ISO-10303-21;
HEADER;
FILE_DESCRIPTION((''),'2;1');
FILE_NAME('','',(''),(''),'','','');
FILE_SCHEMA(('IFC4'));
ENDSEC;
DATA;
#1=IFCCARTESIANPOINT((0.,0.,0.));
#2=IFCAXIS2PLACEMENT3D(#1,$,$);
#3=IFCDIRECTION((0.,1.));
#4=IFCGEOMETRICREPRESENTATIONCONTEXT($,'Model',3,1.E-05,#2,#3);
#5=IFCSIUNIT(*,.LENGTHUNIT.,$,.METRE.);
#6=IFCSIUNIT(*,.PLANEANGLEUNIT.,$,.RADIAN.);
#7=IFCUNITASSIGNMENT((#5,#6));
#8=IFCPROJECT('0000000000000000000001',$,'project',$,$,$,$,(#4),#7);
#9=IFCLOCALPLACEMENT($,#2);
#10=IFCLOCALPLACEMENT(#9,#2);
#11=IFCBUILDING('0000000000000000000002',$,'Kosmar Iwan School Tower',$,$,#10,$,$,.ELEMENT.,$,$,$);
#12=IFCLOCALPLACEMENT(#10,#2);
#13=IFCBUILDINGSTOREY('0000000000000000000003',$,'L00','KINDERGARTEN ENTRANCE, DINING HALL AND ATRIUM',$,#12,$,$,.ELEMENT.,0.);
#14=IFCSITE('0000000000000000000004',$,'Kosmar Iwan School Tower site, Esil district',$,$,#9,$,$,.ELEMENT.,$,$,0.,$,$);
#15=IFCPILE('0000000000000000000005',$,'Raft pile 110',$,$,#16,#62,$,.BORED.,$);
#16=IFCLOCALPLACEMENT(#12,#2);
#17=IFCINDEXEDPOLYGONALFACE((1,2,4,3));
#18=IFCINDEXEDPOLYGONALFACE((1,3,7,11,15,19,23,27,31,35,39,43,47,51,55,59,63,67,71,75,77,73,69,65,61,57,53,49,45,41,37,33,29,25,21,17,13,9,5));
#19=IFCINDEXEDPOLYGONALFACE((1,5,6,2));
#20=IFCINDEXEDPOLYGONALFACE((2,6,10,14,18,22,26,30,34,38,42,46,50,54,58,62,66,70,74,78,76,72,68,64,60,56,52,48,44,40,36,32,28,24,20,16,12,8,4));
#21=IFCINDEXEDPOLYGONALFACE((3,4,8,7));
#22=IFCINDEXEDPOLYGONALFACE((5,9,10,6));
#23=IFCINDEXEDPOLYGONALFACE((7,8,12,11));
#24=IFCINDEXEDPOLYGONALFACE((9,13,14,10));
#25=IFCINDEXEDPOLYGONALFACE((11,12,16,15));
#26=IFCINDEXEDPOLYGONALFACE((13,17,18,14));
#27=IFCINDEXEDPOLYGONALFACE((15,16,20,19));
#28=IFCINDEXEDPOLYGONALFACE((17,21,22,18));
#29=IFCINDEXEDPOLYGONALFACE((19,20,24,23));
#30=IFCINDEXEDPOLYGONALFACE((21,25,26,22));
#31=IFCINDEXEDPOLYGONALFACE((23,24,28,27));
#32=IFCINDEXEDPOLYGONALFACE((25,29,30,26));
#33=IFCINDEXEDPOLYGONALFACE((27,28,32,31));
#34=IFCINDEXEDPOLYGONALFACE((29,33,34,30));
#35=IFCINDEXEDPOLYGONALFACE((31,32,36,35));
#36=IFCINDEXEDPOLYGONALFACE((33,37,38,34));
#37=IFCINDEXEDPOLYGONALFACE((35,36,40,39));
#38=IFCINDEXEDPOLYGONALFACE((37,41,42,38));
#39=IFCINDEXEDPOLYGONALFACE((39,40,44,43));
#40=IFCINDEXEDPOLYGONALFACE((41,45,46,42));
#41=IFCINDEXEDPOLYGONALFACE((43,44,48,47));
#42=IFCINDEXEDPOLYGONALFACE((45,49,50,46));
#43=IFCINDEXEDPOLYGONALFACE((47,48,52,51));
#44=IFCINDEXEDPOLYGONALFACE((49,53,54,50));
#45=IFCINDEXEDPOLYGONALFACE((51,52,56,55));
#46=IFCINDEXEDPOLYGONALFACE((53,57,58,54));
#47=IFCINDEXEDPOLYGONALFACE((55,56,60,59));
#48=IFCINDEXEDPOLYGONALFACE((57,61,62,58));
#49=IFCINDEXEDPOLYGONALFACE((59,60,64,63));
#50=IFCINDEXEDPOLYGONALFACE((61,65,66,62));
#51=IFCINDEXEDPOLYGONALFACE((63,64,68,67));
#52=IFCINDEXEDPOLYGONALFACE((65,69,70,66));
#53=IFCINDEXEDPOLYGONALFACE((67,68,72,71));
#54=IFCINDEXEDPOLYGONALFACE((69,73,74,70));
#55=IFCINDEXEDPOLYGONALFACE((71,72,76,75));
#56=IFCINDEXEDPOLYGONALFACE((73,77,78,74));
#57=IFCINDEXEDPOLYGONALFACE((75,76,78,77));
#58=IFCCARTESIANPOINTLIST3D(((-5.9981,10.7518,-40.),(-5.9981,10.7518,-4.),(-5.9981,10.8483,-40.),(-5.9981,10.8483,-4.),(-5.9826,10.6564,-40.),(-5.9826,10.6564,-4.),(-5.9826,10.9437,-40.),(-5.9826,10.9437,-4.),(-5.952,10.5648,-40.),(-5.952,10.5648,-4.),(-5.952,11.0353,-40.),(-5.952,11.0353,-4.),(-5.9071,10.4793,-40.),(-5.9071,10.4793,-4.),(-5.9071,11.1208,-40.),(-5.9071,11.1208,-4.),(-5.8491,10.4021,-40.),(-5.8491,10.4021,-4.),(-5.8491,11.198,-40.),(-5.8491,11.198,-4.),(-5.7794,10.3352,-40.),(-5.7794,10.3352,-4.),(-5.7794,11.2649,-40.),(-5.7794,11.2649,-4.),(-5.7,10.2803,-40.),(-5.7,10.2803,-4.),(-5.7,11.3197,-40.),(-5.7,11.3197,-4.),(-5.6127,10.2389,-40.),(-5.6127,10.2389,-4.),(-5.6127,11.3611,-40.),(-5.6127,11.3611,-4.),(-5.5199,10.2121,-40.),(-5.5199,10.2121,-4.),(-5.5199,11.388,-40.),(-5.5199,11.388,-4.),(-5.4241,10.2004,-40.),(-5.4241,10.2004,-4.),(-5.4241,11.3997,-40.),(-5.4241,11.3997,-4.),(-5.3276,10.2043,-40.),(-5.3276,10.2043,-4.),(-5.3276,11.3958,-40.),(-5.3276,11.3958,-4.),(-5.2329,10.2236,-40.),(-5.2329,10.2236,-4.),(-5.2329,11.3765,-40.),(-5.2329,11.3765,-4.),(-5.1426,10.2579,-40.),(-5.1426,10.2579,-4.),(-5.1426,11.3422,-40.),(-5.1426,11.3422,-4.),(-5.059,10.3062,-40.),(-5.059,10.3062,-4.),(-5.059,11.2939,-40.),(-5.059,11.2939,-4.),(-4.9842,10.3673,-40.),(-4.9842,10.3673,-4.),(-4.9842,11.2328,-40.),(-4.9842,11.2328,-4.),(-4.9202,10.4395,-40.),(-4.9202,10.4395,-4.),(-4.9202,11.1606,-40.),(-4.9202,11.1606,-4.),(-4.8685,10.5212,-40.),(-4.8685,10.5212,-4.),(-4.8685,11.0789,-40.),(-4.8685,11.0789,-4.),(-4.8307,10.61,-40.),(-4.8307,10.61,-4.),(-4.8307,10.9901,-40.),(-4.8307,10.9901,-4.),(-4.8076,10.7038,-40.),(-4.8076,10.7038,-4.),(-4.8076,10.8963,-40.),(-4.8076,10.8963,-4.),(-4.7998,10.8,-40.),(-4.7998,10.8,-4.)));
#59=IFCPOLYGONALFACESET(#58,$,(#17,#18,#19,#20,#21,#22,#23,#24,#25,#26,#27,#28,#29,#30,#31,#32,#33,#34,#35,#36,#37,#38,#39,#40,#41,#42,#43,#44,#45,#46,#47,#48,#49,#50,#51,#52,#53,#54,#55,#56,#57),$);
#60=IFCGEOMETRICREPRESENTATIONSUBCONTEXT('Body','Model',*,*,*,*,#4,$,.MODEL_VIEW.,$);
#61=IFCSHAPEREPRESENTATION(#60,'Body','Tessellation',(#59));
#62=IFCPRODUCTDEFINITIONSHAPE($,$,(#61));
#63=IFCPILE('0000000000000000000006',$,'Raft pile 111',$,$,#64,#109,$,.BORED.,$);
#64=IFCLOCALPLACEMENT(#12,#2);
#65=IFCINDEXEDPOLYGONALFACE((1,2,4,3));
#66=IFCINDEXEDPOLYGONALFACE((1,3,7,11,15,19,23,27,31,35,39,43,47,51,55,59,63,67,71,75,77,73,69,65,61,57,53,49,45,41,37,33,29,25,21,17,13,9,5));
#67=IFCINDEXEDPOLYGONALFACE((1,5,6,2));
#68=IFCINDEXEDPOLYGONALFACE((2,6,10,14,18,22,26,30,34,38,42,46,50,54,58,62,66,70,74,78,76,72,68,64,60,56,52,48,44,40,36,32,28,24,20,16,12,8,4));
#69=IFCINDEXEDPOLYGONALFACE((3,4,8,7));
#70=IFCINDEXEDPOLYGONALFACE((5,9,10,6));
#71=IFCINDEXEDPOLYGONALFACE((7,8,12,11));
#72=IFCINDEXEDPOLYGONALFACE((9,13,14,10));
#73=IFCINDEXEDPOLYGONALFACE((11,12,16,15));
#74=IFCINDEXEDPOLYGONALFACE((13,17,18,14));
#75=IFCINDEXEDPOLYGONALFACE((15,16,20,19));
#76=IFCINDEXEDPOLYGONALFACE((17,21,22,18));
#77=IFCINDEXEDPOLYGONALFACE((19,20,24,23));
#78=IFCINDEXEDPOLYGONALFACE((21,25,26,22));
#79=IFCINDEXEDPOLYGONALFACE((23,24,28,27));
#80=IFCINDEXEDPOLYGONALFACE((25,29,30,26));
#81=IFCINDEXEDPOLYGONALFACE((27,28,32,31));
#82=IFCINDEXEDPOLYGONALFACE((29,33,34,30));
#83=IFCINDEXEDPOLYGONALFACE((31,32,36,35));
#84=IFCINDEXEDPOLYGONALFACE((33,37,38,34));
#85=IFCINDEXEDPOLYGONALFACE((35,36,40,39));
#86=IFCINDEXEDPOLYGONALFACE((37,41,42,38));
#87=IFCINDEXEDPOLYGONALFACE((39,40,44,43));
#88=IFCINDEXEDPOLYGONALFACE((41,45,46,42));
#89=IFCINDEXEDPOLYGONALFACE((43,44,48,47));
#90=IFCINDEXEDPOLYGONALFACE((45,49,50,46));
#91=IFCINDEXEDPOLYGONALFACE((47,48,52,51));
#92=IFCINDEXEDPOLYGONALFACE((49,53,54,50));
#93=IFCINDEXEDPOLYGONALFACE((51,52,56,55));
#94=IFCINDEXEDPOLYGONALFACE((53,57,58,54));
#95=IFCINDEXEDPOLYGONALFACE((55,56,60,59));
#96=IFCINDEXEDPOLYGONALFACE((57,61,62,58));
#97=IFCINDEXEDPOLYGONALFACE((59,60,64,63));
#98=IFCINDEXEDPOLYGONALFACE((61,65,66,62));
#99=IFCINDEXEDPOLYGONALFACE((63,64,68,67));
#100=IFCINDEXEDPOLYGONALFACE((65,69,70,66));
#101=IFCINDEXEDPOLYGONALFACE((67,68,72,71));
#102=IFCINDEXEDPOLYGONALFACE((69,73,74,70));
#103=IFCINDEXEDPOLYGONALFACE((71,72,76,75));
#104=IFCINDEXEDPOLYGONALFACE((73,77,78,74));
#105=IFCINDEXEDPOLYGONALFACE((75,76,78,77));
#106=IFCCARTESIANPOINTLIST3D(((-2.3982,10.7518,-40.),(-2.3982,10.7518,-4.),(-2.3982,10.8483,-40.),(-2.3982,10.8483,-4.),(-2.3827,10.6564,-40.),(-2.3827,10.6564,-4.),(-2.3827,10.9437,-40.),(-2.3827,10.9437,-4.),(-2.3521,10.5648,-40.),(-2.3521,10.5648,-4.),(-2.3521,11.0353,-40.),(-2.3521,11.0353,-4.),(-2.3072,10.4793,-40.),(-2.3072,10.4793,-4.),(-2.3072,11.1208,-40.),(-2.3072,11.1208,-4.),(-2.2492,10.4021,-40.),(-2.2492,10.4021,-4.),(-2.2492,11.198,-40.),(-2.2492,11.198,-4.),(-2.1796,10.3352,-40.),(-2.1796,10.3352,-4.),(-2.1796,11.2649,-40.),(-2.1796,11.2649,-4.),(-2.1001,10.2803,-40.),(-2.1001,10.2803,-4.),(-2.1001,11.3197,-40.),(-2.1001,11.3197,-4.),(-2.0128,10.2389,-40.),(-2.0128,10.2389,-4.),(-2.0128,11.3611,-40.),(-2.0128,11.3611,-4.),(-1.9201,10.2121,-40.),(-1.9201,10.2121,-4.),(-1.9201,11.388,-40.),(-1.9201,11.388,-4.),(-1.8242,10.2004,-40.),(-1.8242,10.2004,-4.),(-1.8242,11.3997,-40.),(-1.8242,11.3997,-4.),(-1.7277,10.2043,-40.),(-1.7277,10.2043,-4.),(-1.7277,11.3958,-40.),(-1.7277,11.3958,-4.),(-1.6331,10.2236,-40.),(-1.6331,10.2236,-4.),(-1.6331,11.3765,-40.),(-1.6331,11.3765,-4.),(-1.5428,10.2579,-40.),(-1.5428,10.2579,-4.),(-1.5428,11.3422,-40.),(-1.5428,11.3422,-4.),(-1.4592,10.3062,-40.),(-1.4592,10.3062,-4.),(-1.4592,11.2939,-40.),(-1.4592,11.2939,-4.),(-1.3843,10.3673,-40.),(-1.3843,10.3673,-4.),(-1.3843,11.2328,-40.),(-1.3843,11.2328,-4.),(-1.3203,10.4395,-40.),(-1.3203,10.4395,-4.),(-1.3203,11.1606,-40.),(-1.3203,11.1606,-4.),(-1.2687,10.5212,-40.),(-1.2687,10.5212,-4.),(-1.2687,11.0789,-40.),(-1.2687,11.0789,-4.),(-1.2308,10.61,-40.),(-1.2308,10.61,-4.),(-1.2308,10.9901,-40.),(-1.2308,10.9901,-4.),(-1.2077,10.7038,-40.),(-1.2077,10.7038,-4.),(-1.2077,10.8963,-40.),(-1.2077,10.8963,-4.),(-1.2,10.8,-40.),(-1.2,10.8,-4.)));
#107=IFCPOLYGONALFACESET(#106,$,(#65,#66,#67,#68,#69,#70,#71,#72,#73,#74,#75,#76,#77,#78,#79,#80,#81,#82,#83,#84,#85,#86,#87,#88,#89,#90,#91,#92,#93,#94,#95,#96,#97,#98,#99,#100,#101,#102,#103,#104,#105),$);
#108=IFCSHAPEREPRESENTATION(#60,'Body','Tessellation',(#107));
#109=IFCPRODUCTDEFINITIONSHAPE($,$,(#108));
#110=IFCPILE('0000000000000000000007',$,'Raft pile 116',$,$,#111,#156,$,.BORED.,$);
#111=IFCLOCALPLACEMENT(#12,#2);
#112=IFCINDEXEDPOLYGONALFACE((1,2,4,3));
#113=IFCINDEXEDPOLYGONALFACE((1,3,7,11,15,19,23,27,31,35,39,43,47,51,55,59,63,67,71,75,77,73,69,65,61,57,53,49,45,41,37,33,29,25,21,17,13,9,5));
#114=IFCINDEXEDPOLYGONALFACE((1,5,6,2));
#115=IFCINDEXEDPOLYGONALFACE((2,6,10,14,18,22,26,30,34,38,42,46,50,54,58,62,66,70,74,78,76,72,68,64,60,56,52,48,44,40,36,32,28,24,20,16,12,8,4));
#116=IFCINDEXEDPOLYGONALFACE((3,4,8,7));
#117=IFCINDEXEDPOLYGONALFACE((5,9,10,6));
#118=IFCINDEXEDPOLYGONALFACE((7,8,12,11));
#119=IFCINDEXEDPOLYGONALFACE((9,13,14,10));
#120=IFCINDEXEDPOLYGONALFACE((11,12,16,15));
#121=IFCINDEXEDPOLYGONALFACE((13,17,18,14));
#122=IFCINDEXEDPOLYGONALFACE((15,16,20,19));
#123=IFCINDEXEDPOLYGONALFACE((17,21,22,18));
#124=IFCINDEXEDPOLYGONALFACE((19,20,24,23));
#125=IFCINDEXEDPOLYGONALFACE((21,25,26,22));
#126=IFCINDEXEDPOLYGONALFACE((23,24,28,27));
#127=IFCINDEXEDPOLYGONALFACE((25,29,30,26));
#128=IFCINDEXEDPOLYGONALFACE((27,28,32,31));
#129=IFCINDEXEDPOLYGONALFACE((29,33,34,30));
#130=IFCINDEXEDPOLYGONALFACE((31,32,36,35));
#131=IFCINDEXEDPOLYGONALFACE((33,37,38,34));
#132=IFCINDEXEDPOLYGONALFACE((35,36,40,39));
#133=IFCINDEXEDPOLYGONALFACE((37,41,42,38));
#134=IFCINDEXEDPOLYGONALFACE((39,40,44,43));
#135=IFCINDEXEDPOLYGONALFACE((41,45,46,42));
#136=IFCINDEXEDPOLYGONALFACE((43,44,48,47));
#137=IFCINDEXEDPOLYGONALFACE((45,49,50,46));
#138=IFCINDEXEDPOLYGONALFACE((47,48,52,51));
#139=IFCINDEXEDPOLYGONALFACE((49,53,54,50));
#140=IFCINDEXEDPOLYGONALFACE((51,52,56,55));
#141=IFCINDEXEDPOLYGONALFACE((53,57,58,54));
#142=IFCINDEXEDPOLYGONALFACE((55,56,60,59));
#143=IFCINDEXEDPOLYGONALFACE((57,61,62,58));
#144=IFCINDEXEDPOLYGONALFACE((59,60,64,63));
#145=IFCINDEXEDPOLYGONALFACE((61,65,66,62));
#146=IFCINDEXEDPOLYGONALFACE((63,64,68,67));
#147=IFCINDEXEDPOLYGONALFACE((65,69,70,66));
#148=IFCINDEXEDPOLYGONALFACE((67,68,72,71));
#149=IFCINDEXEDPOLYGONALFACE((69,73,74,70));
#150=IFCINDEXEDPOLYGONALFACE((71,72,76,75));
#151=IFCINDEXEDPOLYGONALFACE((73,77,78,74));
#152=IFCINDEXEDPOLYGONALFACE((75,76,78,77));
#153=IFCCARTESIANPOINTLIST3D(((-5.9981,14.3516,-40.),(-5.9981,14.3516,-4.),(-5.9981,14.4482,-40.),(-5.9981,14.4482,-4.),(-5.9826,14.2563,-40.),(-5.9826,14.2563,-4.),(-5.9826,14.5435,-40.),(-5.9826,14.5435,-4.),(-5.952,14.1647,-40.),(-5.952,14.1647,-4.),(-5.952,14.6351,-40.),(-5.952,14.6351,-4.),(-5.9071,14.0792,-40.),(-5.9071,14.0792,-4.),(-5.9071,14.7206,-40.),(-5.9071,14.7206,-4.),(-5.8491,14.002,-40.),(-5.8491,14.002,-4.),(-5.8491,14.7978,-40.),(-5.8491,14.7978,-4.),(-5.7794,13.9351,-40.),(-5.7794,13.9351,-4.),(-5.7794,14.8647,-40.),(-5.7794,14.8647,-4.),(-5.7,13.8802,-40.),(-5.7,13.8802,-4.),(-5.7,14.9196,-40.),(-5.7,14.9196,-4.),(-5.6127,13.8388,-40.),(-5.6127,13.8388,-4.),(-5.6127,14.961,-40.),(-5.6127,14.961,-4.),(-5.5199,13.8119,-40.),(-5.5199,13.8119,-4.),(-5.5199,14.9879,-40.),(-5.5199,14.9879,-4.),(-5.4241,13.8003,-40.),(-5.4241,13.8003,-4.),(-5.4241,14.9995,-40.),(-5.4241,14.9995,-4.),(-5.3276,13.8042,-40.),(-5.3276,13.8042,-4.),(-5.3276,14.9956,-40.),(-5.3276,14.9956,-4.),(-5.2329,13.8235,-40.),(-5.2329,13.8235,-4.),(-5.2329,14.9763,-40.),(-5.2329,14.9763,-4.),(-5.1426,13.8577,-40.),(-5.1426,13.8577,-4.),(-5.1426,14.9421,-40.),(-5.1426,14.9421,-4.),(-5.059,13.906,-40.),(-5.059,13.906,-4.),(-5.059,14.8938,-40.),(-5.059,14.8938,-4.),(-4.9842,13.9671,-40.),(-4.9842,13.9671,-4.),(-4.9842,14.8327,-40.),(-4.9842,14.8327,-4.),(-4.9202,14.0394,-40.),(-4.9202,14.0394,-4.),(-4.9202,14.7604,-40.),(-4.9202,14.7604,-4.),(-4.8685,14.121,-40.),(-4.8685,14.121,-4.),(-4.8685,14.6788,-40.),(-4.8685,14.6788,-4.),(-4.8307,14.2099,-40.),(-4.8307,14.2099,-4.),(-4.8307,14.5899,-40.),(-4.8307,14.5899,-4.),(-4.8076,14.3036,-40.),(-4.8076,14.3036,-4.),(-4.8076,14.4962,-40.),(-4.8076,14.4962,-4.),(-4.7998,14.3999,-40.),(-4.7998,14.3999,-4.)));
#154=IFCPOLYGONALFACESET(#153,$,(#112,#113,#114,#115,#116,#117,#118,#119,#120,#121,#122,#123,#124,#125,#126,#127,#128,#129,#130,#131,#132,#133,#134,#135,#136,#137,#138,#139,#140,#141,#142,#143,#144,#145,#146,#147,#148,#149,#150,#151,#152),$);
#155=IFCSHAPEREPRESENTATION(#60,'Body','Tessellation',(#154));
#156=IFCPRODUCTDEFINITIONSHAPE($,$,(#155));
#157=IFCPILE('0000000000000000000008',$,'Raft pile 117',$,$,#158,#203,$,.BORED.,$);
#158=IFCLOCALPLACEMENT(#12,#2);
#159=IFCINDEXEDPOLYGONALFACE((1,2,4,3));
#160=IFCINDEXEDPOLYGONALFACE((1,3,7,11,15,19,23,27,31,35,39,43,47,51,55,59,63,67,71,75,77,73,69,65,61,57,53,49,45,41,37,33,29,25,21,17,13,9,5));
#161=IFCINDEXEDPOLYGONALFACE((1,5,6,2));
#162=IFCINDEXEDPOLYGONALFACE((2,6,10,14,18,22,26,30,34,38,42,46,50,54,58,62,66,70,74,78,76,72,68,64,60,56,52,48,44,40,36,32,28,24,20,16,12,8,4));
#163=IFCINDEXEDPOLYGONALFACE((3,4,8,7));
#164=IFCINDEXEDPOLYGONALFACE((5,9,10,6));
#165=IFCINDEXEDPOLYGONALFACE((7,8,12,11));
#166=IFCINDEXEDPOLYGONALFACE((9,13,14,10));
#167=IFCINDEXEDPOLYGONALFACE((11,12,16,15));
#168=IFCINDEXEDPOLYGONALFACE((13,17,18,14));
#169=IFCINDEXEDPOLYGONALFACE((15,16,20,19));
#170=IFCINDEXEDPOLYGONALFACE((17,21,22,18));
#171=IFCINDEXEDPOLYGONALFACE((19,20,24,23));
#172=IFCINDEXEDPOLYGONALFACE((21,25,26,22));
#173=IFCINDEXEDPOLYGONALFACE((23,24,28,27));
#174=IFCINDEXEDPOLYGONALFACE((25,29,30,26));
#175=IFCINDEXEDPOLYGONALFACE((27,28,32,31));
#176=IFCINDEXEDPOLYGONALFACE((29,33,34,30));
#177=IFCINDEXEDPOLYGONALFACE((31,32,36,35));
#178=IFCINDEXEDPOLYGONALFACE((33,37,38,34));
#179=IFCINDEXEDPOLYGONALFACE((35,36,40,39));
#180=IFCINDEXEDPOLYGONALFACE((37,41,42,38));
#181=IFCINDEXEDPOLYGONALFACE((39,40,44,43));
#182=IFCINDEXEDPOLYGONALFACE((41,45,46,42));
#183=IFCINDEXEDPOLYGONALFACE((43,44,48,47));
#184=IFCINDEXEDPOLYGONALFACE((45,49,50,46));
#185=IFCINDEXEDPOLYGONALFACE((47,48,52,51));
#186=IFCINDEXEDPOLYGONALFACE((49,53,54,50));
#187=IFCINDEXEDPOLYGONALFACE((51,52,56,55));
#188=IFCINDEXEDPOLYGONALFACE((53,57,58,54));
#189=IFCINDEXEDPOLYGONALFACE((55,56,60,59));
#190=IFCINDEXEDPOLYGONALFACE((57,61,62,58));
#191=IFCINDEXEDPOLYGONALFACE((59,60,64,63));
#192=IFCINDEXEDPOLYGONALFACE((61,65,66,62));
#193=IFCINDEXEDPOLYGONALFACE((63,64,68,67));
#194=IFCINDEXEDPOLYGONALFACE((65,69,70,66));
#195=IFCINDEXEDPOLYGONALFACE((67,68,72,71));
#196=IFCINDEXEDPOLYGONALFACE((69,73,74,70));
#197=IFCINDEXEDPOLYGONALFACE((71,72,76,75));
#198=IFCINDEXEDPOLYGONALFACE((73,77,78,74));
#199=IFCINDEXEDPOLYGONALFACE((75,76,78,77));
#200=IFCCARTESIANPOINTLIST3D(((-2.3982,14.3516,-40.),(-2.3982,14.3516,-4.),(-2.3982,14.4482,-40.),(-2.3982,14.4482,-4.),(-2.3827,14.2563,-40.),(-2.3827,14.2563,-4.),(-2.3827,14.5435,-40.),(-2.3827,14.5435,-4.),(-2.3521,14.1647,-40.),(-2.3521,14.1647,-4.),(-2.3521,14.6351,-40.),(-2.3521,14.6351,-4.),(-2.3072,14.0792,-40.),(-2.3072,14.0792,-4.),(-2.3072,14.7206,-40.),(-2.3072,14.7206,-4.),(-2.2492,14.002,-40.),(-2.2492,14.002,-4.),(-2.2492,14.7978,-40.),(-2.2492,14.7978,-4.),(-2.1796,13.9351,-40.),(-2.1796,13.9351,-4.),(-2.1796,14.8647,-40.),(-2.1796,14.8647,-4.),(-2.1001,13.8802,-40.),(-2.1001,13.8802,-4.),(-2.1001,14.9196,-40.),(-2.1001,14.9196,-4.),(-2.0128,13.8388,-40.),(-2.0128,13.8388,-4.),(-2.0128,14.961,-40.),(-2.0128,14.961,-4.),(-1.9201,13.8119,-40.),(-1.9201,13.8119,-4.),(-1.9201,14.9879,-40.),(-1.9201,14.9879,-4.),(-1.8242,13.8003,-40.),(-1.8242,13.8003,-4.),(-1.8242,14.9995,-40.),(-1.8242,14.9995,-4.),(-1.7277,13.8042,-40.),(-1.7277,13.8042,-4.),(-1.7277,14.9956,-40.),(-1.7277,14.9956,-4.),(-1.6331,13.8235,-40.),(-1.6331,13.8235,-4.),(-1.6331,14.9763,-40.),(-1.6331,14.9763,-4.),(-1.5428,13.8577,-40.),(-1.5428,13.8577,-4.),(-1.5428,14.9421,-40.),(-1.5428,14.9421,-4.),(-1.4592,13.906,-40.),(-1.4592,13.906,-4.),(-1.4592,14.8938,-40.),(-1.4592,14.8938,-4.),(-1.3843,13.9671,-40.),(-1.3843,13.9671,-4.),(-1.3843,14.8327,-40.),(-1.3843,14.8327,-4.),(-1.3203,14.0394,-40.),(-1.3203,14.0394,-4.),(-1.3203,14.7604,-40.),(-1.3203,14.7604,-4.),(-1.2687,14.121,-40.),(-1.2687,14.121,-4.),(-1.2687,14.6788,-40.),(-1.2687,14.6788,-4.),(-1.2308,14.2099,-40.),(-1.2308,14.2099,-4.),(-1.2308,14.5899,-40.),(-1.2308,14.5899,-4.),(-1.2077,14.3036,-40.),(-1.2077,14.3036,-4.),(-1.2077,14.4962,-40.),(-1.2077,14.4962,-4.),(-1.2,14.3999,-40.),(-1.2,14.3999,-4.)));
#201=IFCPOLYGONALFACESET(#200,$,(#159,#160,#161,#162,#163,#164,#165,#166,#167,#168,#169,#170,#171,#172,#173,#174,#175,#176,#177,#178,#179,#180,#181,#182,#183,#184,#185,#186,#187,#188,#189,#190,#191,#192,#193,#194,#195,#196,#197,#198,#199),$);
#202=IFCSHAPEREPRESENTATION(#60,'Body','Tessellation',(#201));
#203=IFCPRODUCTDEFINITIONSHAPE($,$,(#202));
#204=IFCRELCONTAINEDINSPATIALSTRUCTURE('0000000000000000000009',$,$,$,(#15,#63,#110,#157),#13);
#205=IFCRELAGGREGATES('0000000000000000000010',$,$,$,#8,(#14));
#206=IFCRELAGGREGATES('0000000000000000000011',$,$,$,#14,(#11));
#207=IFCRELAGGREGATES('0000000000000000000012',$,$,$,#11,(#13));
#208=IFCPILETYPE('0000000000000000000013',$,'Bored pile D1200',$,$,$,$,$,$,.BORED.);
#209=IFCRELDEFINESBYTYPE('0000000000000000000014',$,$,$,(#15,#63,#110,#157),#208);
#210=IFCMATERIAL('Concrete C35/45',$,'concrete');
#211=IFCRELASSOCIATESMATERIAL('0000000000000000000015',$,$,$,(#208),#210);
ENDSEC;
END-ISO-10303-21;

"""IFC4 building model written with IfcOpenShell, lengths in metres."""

from ifc_helpers import new_model, si_unit, direction, frame, origin, origin_2d, place, context, subcontext, project, spatial, circle, extrude, material, material_profile, profile_set, type_object, element, save


model = new_model("IFC4")

# Units and contexts
model_context = context("Model", 3, precision=1e-05, world=origin(), true_north=direction((0.0, 1.0)))
body_context = subcontext(model_context, "Body", "Model", "MODEL_VIEW")
ifc_project = project(units=[si_unit("LENGTHUNIT", "METRE"), si_unit("PLANEANGLEUNIT", "RADIAN")], contexts=[model_context])

# Site, building, storey
site_placement = place(None, origin())
site = spatial("IfcSite", under=ifc_project, at=site_placement, Name="Kosmar Iwan School Tower site, Esil district", CompositionType="ELEMENT", RefElevation=0.0)
building_placement = place(site_placement, origin())
building = spatial("IfcBuilding", under=site, at=building_placement, Name="Kosmar Iwan School Tower", CompositionType="ELEMENT")
storey_placement = place(building_placement, origin())
storey = spatial("IfcBuildingStorey", under=building, at=storey_placement, Name="L00", Description="KINDERGARTEN ENTRANCE, DINING HALL AND ATRIUM", CompositionType="ELEMENT", Elevation=0.0)

# Piles
ifc_material_1 = material(Name="Concrete C35/45", Category="concrete")
ifc_material_profile_1 = material_profile(ifc_material_1, circle(Radius=0.6001, at=origin_2d()), Name="D1200")
ifc_profile_set_1 = profile_set([ifc_material_profile_1], Name="Concrete C35/45")
pile_type = type_object("IfcPileType", Name="Bored pile D1200", PredefinedType="BORED", material=ifc_profile_set_1)
for number, where, z_axis, x_axis, name in (
    (1, (-5.3999, 10.8, -4.0), (0.0, 0.0, -1.0), (1.0, 0.0, 0.0), "Raft pile 110"),
    (2, (-1.8, 10.8, -4.0), (0.0, 0.0, -1.0), (1.0, 0.0, 0.0), "Raft pile 111"),
    (3, (-5.3999, 14.3999, -4.0), (0.0, 0.0, -1.0), (1.0, 0.0, 0.0), "Raft pile 116"),
    (4, (-1.8, 14.3999, -4.0), (0.0, 0.0, -1.0), (1.0, 0.0, 0.0), "Raft pile 117"),
):
    element("IfcPile", number, at=place(storey_placement, frame(where, z_axis=z_axis, x_axis=x_axis)), inside=storey, type_object=pile_type, Name=name, PredefinedType="BORED", context=body_context, shape_type="SweptSolid", body=[
        extrude(circle(Radius=0.6001, at=origin_2d()), origin(), (0.0, 0.0, 1.0), 36.0),
    ])

save(model, "model.ifc")
